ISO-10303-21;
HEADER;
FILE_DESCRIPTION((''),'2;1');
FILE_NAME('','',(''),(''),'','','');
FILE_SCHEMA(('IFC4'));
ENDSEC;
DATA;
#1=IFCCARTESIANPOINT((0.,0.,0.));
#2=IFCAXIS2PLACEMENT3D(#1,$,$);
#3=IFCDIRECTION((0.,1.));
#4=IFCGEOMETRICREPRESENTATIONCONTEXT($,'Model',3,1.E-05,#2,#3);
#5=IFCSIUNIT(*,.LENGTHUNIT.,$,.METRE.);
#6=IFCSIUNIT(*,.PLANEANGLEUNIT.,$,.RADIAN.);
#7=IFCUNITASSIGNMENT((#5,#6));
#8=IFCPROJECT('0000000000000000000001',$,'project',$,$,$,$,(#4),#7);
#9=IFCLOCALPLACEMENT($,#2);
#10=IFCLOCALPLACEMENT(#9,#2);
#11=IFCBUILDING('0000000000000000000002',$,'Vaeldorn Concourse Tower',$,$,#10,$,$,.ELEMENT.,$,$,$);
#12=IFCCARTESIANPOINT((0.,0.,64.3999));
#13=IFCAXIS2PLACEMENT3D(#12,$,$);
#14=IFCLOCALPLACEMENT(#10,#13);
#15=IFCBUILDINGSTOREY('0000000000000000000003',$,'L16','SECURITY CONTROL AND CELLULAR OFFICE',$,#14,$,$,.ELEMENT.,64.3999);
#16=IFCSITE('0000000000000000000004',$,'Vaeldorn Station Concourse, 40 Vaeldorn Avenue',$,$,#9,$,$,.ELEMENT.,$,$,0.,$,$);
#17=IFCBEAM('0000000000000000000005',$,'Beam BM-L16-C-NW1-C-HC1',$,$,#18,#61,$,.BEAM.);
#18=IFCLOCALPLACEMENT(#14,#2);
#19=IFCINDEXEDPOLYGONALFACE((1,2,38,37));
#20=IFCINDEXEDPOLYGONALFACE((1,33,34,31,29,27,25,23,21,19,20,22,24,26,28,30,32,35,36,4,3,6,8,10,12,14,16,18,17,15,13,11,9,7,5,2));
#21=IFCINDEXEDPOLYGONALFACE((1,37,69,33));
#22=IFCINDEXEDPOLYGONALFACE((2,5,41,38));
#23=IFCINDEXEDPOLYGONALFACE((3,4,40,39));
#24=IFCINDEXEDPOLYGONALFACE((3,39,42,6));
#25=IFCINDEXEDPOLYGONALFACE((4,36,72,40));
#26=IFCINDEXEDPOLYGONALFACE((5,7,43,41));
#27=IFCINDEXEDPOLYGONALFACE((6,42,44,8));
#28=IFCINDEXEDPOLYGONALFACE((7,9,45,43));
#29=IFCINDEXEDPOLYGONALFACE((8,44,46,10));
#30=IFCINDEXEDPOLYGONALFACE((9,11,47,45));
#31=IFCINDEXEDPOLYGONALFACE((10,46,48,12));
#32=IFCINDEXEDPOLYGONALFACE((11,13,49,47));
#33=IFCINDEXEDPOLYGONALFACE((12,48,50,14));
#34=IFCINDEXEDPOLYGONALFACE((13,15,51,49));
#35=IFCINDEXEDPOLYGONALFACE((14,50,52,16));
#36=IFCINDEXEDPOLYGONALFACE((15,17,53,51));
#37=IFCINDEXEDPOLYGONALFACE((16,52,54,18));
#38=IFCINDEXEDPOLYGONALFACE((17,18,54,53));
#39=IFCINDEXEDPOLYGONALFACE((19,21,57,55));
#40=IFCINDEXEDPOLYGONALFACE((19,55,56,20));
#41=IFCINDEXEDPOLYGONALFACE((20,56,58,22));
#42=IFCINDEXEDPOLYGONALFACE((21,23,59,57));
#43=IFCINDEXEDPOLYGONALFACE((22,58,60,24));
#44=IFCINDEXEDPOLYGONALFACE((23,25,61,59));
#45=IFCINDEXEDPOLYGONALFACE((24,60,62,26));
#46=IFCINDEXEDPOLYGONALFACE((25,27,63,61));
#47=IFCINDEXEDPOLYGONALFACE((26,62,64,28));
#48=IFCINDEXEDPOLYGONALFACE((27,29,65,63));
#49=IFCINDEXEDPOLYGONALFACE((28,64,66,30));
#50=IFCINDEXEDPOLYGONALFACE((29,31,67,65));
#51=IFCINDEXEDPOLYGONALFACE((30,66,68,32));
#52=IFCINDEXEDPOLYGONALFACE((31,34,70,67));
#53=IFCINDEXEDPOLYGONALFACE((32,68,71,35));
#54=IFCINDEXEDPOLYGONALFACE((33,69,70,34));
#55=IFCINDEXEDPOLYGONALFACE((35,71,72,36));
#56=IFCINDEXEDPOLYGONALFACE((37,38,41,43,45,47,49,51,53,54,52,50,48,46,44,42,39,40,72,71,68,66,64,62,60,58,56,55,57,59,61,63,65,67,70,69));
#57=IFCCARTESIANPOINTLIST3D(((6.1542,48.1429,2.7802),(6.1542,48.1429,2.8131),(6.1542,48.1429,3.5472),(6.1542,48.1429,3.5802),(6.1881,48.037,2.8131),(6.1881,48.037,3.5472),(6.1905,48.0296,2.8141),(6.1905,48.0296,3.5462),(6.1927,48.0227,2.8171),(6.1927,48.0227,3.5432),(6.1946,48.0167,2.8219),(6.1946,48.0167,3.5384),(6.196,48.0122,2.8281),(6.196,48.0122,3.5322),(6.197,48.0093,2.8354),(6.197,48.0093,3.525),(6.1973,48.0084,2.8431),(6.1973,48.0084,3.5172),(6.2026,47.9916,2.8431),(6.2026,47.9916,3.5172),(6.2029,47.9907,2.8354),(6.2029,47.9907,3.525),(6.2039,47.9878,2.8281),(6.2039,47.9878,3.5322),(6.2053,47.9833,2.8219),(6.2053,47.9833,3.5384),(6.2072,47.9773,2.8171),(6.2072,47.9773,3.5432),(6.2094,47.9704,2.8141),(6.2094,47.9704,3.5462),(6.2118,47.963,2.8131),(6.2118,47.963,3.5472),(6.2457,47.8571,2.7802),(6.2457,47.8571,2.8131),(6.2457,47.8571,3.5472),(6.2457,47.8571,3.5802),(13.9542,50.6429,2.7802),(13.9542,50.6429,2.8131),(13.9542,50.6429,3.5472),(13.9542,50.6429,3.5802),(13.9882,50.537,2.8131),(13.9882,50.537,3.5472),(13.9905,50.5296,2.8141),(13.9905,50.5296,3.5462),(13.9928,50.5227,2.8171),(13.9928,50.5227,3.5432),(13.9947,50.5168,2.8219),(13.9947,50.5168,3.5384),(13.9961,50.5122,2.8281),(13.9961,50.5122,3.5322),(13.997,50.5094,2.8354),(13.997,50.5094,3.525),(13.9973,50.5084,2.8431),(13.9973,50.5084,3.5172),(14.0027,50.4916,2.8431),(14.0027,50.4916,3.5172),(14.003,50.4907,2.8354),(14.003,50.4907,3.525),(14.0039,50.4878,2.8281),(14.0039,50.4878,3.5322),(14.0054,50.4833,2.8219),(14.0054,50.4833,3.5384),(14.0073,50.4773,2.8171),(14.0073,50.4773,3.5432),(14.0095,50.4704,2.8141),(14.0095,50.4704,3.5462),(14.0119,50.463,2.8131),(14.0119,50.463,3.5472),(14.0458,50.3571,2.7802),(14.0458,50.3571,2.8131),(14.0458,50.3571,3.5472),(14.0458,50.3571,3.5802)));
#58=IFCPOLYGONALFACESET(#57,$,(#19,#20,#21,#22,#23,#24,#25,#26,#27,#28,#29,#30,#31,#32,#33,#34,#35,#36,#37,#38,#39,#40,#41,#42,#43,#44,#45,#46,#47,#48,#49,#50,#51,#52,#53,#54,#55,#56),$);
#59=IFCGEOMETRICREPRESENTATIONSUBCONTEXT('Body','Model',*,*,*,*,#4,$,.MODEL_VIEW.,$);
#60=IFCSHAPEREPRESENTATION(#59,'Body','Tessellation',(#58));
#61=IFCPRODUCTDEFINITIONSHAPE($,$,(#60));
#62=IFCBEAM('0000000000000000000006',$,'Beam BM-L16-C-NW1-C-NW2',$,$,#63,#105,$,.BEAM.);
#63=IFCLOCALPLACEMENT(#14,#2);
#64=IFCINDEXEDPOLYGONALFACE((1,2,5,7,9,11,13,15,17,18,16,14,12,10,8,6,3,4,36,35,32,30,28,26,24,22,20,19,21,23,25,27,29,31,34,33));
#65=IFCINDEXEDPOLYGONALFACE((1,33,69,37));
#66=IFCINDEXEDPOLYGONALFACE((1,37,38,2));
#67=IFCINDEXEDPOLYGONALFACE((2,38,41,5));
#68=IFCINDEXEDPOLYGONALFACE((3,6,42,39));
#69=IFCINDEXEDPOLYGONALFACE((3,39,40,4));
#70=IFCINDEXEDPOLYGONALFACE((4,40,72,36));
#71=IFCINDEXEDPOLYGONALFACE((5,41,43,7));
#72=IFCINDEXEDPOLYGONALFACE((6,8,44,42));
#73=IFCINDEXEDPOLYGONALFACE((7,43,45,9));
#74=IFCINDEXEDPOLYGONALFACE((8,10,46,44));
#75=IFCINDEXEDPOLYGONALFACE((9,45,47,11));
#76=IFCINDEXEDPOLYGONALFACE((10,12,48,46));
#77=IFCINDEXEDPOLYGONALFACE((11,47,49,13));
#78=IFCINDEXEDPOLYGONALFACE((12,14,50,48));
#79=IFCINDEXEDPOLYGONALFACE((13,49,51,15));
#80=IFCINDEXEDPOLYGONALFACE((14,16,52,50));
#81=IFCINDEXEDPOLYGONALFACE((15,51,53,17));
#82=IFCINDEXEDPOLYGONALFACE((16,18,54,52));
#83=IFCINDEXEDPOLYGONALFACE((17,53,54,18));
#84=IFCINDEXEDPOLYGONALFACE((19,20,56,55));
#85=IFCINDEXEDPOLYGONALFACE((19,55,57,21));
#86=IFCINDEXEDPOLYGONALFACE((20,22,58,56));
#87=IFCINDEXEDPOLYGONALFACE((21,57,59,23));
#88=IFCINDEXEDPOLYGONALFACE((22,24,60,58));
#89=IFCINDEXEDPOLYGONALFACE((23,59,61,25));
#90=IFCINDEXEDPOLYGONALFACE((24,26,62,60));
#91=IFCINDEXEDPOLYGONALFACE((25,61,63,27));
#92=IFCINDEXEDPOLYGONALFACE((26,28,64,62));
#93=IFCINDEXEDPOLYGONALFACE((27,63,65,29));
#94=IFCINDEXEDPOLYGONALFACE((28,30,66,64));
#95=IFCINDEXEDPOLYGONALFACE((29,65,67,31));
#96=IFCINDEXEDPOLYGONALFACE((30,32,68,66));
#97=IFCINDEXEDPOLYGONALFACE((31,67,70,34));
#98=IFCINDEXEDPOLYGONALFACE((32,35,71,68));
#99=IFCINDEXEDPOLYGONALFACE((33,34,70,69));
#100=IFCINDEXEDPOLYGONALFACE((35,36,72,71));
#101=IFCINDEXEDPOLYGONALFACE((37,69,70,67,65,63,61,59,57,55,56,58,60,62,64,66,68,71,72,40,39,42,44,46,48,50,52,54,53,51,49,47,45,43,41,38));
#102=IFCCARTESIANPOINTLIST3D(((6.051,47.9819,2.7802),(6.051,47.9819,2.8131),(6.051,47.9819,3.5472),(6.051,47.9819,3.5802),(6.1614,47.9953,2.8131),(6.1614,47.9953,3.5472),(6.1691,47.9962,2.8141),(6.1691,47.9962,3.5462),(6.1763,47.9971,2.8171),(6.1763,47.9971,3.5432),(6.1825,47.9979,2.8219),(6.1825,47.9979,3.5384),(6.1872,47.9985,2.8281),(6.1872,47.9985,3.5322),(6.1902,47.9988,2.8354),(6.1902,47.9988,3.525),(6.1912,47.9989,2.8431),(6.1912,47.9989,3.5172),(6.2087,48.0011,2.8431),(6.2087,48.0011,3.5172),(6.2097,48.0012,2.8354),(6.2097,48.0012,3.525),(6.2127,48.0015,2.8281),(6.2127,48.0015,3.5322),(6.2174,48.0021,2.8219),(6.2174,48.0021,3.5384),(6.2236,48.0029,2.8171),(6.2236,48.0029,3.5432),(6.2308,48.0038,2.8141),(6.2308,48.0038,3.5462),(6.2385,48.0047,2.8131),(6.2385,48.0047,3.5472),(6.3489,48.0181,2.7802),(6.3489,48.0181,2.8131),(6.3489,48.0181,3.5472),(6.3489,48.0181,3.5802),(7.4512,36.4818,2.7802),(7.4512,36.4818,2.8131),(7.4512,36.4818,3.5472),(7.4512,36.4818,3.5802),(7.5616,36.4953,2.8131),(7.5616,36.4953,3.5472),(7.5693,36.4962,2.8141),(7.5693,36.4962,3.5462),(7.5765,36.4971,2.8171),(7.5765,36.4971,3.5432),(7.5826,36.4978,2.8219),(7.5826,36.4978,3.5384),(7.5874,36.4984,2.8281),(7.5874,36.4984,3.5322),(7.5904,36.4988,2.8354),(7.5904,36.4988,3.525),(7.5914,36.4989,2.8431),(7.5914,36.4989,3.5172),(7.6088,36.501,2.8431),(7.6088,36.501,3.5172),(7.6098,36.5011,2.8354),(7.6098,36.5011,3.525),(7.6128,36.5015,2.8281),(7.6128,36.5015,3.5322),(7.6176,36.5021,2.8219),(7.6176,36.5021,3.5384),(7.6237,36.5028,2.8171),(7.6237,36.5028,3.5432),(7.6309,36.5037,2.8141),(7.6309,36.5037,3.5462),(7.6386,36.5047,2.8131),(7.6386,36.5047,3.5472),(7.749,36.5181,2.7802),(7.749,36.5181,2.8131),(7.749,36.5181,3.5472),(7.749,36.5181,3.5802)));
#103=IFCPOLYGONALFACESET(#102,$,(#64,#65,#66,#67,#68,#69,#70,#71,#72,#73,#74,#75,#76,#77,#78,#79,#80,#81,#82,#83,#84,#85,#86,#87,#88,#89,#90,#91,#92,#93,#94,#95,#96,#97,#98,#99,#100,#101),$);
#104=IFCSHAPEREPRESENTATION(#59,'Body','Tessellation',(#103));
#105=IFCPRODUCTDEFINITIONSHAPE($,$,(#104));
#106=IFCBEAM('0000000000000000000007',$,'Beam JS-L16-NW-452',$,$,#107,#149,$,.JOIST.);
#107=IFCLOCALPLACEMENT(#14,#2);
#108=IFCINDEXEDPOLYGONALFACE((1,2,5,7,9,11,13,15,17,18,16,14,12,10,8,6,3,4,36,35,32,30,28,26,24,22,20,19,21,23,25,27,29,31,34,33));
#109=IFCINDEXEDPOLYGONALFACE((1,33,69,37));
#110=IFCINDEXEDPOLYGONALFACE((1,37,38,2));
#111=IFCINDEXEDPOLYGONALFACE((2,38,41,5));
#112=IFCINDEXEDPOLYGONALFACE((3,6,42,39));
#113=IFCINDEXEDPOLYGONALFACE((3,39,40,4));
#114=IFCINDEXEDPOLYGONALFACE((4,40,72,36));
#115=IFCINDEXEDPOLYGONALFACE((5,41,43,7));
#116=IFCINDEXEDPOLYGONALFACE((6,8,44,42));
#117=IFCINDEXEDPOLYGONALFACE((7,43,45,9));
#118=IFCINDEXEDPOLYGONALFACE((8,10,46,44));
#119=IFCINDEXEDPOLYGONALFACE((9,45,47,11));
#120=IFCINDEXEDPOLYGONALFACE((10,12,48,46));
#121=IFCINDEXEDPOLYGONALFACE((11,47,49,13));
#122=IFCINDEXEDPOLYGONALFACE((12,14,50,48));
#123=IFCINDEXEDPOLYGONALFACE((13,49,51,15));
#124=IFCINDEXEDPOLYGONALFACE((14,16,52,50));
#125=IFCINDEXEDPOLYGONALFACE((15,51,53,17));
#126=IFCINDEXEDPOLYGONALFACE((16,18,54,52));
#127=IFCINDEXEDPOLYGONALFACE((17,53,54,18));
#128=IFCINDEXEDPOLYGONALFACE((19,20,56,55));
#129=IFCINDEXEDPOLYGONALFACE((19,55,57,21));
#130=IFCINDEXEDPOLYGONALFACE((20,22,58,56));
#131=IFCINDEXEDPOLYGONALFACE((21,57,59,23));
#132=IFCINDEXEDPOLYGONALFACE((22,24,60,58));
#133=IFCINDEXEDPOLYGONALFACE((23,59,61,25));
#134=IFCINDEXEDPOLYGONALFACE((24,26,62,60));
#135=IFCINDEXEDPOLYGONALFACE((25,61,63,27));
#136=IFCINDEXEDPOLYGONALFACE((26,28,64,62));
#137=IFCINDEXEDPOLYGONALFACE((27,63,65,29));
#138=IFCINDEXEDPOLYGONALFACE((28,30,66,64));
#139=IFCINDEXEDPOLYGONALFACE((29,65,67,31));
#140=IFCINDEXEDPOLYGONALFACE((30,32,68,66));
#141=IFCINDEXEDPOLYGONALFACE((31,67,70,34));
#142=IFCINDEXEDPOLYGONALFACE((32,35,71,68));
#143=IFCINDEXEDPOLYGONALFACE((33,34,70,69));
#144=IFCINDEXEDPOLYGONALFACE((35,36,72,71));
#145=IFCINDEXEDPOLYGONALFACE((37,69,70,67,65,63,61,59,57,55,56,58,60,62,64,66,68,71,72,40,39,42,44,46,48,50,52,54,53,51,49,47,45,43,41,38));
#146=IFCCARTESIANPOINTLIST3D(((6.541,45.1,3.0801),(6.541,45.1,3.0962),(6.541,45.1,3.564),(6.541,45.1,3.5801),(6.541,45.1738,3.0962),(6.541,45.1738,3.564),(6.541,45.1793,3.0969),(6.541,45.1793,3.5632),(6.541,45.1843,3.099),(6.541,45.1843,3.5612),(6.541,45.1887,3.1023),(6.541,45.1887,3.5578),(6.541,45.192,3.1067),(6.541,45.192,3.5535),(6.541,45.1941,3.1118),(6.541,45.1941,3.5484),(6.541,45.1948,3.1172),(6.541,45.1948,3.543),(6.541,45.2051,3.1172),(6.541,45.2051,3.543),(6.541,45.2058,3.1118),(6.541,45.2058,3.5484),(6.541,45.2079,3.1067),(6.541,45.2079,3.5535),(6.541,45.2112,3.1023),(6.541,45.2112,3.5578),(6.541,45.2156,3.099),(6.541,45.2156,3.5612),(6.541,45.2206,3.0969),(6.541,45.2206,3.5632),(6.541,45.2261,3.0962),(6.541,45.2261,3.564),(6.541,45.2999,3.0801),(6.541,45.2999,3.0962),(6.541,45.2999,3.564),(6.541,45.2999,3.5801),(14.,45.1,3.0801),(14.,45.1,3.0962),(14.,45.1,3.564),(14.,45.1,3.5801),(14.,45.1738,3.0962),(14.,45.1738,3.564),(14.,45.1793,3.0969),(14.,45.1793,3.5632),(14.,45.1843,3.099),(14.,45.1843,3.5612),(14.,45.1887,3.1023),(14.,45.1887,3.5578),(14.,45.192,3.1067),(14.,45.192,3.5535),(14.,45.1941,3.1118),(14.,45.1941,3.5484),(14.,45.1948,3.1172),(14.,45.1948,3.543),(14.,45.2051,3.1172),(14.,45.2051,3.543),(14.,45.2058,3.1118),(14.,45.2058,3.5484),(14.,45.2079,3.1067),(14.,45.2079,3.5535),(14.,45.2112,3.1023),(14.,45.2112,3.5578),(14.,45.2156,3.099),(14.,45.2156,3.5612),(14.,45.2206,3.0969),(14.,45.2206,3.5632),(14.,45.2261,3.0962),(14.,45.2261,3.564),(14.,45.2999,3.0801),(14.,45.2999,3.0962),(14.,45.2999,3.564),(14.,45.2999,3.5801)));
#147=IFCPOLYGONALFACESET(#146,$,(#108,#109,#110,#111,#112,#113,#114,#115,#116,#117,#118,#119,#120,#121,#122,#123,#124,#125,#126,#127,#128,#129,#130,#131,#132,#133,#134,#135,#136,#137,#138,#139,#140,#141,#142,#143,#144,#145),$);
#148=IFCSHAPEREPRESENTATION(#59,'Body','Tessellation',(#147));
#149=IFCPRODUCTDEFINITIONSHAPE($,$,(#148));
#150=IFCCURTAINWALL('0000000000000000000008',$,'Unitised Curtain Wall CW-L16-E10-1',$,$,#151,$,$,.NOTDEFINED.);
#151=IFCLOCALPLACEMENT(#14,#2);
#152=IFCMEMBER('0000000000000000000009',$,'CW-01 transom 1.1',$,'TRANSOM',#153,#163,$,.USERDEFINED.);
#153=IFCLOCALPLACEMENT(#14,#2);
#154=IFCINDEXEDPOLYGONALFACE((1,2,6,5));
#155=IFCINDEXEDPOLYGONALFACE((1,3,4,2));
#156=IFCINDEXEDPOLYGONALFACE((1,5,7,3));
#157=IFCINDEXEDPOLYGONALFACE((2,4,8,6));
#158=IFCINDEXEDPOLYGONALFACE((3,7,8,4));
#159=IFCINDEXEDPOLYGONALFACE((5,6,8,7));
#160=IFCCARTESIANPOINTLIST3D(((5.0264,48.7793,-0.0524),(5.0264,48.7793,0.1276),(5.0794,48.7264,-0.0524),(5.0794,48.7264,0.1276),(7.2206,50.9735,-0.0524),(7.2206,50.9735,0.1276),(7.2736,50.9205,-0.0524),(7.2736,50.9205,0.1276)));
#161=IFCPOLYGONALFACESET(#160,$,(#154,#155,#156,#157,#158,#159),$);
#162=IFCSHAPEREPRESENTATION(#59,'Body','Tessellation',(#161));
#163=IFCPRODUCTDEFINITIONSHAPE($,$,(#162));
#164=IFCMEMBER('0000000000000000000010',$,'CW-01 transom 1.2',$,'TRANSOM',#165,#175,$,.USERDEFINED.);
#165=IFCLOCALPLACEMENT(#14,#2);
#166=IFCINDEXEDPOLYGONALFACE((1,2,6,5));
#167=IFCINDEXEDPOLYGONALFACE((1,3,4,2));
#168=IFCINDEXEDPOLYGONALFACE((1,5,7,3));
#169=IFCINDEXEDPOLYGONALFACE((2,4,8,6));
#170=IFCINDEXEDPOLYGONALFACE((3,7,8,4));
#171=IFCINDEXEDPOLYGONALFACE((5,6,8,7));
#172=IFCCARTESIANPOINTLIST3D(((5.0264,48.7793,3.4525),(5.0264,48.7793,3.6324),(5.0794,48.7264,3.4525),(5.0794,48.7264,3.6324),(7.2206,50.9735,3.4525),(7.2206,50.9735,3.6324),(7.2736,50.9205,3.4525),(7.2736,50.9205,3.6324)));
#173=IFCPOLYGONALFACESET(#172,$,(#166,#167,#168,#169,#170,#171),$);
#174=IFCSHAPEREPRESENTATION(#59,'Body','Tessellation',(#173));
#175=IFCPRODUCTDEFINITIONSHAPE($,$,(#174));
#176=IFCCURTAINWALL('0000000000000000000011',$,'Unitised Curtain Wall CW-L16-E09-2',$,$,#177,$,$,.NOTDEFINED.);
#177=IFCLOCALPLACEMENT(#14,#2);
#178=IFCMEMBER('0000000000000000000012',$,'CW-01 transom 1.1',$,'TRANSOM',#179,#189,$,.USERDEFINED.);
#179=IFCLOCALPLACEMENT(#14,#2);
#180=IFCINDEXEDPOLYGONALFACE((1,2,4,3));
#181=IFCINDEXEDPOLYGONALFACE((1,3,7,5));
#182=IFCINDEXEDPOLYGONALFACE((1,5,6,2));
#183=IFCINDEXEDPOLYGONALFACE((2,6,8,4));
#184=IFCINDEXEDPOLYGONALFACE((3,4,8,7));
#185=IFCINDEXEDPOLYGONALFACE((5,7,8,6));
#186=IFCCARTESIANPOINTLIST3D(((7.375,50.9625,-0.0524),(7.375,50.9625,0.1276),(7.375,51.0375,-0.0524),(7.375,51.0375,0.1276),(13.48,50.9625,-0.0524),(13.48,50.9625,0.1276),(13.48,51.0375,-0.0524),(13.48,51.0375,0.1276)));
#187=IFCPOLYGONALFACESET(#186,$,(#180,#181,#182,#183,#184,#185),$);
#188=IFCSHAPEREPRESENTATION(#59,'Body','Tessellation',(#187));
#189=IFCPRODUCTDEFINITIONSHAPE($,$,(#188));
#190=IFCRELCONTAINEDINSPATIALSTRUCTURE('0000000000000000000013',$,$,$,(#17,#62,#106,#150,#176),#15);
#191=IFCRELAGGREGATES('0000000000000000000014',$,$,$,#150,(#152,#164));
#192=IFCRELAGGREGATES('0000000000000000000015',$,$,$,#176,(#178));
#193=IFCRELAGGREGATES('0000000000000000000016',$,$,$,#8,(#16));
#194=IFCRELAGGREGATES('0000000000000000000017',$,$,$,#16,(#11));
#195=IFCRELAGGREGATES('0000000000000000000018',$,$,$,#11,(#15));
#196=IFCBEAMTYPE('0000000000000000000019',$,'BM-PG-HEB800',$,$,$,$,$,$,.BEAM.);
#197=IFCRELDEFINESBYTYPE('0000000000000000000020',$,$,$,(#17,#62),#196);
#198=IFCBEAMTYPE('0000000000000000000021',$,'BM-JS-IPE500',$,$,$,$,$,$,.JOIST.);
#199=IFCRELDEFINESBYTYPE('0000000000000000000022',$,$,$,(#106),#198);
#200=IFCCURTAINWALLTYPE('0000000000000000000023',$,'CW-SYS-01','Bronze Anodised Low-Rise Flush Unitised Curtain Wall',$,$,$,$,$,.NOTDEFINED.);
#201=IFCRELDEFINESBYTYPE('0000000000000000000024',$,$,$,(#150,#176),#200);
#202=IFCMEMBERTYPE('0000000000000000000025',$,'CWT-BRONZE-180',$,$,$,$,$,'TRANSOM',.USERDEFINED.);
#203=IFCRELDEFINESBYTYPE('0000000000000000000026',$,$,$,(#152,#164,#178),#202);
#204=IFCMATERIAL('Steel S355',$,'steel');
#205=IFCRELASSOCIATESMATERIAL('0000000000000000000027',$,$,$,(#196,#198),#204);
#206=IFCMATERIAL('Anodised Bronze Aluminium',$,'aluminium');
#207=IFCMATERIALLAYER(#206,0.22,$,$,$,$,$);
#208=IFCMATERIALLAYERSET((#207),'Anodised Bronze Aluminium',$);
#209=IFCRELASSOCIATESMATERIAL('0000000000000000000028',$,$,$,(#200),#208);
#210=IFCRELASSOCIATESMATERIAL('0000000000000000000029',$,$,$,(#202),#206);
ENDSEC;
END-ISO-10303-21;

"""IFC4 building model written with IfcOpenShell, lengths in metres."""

from ifc_helpers import new_model, si_unit, direction, frame, origin, origin_2d, place, context, subcontext, project, spatial, rectangle, i_section, extrude, source, transform, mapped, material, layer, layer_set, material_profile, profile_set, type_object, element, aggregate, save


model = new_model("IFC4")

# Units and contexts
model_context = context("Model", 3, precision=1e-05, world=origin(), true_north=direction((0.0, 1.0)))
body_context = subcontext(model_context, "Body", "Model", "MODEL_VIEW")
ifc_project = project(units=[si_unit("LENGTHUNIT", "METRE"), si_unit("PLANEANGLEUNIT", "RADIAN")], contexts=[model_context])

# Site, building, storey
site_placement = place(None, origin())
site = spatial("IfcSite", under=ifc_project, at=site_placement, Name="Vaeldorn Station Concourse, 40 Vaeldorn Avenue", CompositionType="ELEMENT", RefElevation=0.0)
building_placement = place(site_placement, origin())
building = spatial("IfcBuilding", under=site, at=building_placement, Name="Vaeldorn Concourse Tower", CompositionType="ELEMENT")
storey_placement = place(building_placement, frame((0.0, 0.0, 64.3999)))
storey = spatial("IfcBuildingStorey", under=building, at=storey_placement, Name="L16", Description="SECURITY CONTROL AND CELLULAR OFFICE", CompositionType="ELEMENT", Elevation=64.3999)

# Beams
ifc_material_1 = material(Name="Steel S355", Category="steel")
ifc_material_profile_1 = material_profile(ifc_material_1, i_section(OverallWidth=0.3, OverallDepth=0.8, WebThickness=0.0176, FlangeThickness=0.033, FilletRadius=0.03, at=origin_2d()), Name="HEB 800")
ifc_profile_set_1 = profile_set([ifc_material_profile_1], Name="Steel S355")
beam_type_1 = type_object("IfcBeamType", Name="BM-PG-HEB800", PredefinedType="BEAM", material=ifc_profile_set_1)
shared_shape_1 = source(origin(), body_context, "Body", "SweptSolid", [
    extrude(i_section(OverallWidth=0.3, OverallDepth=0.8, WebThickness=0.0176, FlangeThickness=0.033, FilletRadius=0.03, at=origin_2d()), origin(), (0.0, 0.0, 1.0), 8.1909),
])
beam_1_placement = place(storey_placement, frame((6.2, 48.0, 3.1802), z_axis=(0.952283, 0.305217, 0.0), x_axis=(-0.305217, 0.952283, 0.0)))
element("IfcBeam", 1, at=beam_1_placement, inside=storey, type_object=beam_type_1, Name="Beam BM-L16-C-NW1-C-HC1", PredefinedType="BEAM", context=body_context, shape_type="MappedRepresentation", body=[
    mapped(shared_shape_1, transform((0.0, 0.0, 0.0), scale=1.0)),
])
shared_shape_2 = source(origin(), body_context, "Body", "SweptSolid", [
    extrude(i_section(OverallWidth=0.3, OverallDepth=0.8, WebThickness=0.0176, FlangeThickness=0.033, FilletRadius=0.03, at=origin_2d()), origin(), (0.0, 0.0, 1.0), 11.585),
])
beam_2_placement = place(storey_placement, frame((6.2, 48.0, 3.1802), z_axis=(0.120859, -0.99267, 0.0), x_axis=(0.99267, 0.120859, 0.0)))
element("IfcBeam", 2, at=beam_2_placement, inside=storey, type_object=beam_type_1, Name="Beam BM-L16-C-NW1-C-NW2", PredefinedType="BEAM", context=body_context, shape_type="MappedRepresentation", body=[
    mapped(shared_shape_2, transform((0.0, 0.0, 0.0), scale=1.0)),
])
ifc_material_profile_2 = material_profile(ifc_material_1, i_section(OverallWidth=0.2, OverallDepth=0.5, WebThickness=0.0103, FlangeThickness=0.0161, FilletRadius=0.021, at=origin_2d()), Name="IPE 500")
ifc_profile_set_2 = profile_set([ifc_material_profile_2], Name="Steel S355")
beam_type_2 = type_object("IfcBeamType", Name="BM-JS-IPE500", PredefinedType="JOIST", material=ifc_profile_set_2)
shared_shape_3 = source(origin(), body_context, "Body", "SweptSolid", [
    extrude(i_section(OverallWidth=0.2, OverallDepth=0.5, WebThickness=0.0103, FlangeThickness=0.0161, FilletRadius=0.021, at=origin_2d()), origin(), (0.0, 0.0, 1.0), 7.459),
])
beam_3_placement = place(storey_placement, frame((6.541, 45.2, 3.3301), z_axis=(1.0, 0.0, 0.0), x_axis=(0.0, 1.0, 0.0)))
element("IfcBeam", 3, at=beam_3_placement, inside=storey, type_object=beam_type_2, Name="Beam JS-L16-NW-452", PredefinedType="JOIST", context=body_context, shape_type="MappedRepresentation", body=[
    mapped(shared_shape_3, transform((0.0, 0.0, 0.0), scale=1.0)),
])

# Curtain walls, members
ifc_material_2 = material(Name="Anodised Bronze Aluminium", Category="aluminium")
ifc_layer_1 = layer(ifc_material_2, 0.22)
ifc_layer_set_1 = layer_set([ifc_layer_1], Name="Anodised Bronze Aluminium")
curtain_wall_type = type_object("IfcCurtainWallType", Name="CW-SYS-01", Description="Bronze Anodised Low-Rise Flush Unitised Curtain Wall", PredefinedType="NOTDEFINED", material=ifc_layer_set_1)
curtain_wall_1_placement = place(storey_placement, origin())
curtain_wall_1 = element("IfcCurtainWall", 4, at=curtain_wall_1_placement, inside=storey, type_object=curtain_wall_type, Name="Unitised Curtain Wall CW-L16-E10-1", PredefinedType="NOTDEFINED")
ifc_material_profile_3 = material_profile(ifc_material_2, rectangle(XDim=0.075, YDim=0.1799, at=origin_2d()), Name="CWT 75x180")
ifc_profile_set_3 = profile_set([ifc_material_profile_3], Name="Anodised Bronze Aluminium")
member_type_1 = type_object("IfcMemberType", Name="CWT-BRONZE-180", ElementType="TRANSOM", PredefinedType="USERDEFINED", material=ifc_profile_set_3)
shared_shape_4 = source(origin(), body_context, "Body", "SweptSolid", [
    extrude(rectangle(XDim=0.075, YDim=0.1799, at=origin_2d()), origin(), (0.0, 0.0, 1.0), 3.103),
])
member_1_placement = place(storey_placement, frame((7.2471, 50.947, 0.0376), z_axis=(-0.707107, -0.707107, 0.0), x_axis=(0.707107, -0.707107, 0.0)))
member_1 = element("IfcMember", 5, at=member_1_placement, type_object=member_type_1, Name="CW-01 transom 1.1", ObjectType="TRANSOM", PredefinedType="USERDEFINED", context=body_context, shape_type="MappedRepresentation", body=[
    mapped(shared_shape_4, transform((0.0, 0.0, 0.0), scale=1.0)),
])
member_2_placement = place(storey_placement, frame((7.2471, 50.947, 3.5425), z_axis=(-0.707107, -0.707107, 0.0), x_axis=(0.707107, -0.707107, 0.0)))
member_2 = element("IfcMember", 6, at=member_2_placement, type_object=member_type_1, Name="CW-01 transom 1.2", ObjectType="TRANSOM", PredefinedType="USERDEFINED", context=body_context, shape_type="MappedRepresentation", body=[
    mapped(shared_shape_4, transform((0.0, 0.0, 0.0), scale=1.0)),
])
curtain_wall_2_placement = place(storey_placement, origin())
curtain_wall_2 = element("IfcCurtainWall", 7, at=curtain_wall_2_placement, inside=storey, type_object=curtain_wall_type, Name="Unitised Curtain Wall CW-L16-E09-2", PredefinedType="NOTDEFINED")
shared_shape_5 = source(origin(), body_context, "Body", "SweptSolid", [
    extrude(rectangle(XDim=0.075, YDim=0.1799, at=origin_2d()), origin(), (0.0, 0.0, 1.0), 6.105),
])
member_3_placement = place(storey_placement, frame((13.48, 51.0, 0.0376), z_axis=(-1.0, 0.0, 0.0), x_axis=(0.0, -1.0, 0.0)))
member_3 = element("IfcMember", 8, at=member_3_placement, type_object=member_type_1, Name="CW-01 transom 1.1", ObjectType="TRANSOM", PredefinedType="USERDEFINED", context=body_context, shape_type="MappedRepresentation", body=[
    mapped(shared_shape_5, transform((0.0, 0.0, 0.0), scale=1.0)),
])

aggregate(curtain_wall_1, [member_1, member_2])
aggregate(curtain_wall_2, [member_3])

save(model, "model.ifc")
